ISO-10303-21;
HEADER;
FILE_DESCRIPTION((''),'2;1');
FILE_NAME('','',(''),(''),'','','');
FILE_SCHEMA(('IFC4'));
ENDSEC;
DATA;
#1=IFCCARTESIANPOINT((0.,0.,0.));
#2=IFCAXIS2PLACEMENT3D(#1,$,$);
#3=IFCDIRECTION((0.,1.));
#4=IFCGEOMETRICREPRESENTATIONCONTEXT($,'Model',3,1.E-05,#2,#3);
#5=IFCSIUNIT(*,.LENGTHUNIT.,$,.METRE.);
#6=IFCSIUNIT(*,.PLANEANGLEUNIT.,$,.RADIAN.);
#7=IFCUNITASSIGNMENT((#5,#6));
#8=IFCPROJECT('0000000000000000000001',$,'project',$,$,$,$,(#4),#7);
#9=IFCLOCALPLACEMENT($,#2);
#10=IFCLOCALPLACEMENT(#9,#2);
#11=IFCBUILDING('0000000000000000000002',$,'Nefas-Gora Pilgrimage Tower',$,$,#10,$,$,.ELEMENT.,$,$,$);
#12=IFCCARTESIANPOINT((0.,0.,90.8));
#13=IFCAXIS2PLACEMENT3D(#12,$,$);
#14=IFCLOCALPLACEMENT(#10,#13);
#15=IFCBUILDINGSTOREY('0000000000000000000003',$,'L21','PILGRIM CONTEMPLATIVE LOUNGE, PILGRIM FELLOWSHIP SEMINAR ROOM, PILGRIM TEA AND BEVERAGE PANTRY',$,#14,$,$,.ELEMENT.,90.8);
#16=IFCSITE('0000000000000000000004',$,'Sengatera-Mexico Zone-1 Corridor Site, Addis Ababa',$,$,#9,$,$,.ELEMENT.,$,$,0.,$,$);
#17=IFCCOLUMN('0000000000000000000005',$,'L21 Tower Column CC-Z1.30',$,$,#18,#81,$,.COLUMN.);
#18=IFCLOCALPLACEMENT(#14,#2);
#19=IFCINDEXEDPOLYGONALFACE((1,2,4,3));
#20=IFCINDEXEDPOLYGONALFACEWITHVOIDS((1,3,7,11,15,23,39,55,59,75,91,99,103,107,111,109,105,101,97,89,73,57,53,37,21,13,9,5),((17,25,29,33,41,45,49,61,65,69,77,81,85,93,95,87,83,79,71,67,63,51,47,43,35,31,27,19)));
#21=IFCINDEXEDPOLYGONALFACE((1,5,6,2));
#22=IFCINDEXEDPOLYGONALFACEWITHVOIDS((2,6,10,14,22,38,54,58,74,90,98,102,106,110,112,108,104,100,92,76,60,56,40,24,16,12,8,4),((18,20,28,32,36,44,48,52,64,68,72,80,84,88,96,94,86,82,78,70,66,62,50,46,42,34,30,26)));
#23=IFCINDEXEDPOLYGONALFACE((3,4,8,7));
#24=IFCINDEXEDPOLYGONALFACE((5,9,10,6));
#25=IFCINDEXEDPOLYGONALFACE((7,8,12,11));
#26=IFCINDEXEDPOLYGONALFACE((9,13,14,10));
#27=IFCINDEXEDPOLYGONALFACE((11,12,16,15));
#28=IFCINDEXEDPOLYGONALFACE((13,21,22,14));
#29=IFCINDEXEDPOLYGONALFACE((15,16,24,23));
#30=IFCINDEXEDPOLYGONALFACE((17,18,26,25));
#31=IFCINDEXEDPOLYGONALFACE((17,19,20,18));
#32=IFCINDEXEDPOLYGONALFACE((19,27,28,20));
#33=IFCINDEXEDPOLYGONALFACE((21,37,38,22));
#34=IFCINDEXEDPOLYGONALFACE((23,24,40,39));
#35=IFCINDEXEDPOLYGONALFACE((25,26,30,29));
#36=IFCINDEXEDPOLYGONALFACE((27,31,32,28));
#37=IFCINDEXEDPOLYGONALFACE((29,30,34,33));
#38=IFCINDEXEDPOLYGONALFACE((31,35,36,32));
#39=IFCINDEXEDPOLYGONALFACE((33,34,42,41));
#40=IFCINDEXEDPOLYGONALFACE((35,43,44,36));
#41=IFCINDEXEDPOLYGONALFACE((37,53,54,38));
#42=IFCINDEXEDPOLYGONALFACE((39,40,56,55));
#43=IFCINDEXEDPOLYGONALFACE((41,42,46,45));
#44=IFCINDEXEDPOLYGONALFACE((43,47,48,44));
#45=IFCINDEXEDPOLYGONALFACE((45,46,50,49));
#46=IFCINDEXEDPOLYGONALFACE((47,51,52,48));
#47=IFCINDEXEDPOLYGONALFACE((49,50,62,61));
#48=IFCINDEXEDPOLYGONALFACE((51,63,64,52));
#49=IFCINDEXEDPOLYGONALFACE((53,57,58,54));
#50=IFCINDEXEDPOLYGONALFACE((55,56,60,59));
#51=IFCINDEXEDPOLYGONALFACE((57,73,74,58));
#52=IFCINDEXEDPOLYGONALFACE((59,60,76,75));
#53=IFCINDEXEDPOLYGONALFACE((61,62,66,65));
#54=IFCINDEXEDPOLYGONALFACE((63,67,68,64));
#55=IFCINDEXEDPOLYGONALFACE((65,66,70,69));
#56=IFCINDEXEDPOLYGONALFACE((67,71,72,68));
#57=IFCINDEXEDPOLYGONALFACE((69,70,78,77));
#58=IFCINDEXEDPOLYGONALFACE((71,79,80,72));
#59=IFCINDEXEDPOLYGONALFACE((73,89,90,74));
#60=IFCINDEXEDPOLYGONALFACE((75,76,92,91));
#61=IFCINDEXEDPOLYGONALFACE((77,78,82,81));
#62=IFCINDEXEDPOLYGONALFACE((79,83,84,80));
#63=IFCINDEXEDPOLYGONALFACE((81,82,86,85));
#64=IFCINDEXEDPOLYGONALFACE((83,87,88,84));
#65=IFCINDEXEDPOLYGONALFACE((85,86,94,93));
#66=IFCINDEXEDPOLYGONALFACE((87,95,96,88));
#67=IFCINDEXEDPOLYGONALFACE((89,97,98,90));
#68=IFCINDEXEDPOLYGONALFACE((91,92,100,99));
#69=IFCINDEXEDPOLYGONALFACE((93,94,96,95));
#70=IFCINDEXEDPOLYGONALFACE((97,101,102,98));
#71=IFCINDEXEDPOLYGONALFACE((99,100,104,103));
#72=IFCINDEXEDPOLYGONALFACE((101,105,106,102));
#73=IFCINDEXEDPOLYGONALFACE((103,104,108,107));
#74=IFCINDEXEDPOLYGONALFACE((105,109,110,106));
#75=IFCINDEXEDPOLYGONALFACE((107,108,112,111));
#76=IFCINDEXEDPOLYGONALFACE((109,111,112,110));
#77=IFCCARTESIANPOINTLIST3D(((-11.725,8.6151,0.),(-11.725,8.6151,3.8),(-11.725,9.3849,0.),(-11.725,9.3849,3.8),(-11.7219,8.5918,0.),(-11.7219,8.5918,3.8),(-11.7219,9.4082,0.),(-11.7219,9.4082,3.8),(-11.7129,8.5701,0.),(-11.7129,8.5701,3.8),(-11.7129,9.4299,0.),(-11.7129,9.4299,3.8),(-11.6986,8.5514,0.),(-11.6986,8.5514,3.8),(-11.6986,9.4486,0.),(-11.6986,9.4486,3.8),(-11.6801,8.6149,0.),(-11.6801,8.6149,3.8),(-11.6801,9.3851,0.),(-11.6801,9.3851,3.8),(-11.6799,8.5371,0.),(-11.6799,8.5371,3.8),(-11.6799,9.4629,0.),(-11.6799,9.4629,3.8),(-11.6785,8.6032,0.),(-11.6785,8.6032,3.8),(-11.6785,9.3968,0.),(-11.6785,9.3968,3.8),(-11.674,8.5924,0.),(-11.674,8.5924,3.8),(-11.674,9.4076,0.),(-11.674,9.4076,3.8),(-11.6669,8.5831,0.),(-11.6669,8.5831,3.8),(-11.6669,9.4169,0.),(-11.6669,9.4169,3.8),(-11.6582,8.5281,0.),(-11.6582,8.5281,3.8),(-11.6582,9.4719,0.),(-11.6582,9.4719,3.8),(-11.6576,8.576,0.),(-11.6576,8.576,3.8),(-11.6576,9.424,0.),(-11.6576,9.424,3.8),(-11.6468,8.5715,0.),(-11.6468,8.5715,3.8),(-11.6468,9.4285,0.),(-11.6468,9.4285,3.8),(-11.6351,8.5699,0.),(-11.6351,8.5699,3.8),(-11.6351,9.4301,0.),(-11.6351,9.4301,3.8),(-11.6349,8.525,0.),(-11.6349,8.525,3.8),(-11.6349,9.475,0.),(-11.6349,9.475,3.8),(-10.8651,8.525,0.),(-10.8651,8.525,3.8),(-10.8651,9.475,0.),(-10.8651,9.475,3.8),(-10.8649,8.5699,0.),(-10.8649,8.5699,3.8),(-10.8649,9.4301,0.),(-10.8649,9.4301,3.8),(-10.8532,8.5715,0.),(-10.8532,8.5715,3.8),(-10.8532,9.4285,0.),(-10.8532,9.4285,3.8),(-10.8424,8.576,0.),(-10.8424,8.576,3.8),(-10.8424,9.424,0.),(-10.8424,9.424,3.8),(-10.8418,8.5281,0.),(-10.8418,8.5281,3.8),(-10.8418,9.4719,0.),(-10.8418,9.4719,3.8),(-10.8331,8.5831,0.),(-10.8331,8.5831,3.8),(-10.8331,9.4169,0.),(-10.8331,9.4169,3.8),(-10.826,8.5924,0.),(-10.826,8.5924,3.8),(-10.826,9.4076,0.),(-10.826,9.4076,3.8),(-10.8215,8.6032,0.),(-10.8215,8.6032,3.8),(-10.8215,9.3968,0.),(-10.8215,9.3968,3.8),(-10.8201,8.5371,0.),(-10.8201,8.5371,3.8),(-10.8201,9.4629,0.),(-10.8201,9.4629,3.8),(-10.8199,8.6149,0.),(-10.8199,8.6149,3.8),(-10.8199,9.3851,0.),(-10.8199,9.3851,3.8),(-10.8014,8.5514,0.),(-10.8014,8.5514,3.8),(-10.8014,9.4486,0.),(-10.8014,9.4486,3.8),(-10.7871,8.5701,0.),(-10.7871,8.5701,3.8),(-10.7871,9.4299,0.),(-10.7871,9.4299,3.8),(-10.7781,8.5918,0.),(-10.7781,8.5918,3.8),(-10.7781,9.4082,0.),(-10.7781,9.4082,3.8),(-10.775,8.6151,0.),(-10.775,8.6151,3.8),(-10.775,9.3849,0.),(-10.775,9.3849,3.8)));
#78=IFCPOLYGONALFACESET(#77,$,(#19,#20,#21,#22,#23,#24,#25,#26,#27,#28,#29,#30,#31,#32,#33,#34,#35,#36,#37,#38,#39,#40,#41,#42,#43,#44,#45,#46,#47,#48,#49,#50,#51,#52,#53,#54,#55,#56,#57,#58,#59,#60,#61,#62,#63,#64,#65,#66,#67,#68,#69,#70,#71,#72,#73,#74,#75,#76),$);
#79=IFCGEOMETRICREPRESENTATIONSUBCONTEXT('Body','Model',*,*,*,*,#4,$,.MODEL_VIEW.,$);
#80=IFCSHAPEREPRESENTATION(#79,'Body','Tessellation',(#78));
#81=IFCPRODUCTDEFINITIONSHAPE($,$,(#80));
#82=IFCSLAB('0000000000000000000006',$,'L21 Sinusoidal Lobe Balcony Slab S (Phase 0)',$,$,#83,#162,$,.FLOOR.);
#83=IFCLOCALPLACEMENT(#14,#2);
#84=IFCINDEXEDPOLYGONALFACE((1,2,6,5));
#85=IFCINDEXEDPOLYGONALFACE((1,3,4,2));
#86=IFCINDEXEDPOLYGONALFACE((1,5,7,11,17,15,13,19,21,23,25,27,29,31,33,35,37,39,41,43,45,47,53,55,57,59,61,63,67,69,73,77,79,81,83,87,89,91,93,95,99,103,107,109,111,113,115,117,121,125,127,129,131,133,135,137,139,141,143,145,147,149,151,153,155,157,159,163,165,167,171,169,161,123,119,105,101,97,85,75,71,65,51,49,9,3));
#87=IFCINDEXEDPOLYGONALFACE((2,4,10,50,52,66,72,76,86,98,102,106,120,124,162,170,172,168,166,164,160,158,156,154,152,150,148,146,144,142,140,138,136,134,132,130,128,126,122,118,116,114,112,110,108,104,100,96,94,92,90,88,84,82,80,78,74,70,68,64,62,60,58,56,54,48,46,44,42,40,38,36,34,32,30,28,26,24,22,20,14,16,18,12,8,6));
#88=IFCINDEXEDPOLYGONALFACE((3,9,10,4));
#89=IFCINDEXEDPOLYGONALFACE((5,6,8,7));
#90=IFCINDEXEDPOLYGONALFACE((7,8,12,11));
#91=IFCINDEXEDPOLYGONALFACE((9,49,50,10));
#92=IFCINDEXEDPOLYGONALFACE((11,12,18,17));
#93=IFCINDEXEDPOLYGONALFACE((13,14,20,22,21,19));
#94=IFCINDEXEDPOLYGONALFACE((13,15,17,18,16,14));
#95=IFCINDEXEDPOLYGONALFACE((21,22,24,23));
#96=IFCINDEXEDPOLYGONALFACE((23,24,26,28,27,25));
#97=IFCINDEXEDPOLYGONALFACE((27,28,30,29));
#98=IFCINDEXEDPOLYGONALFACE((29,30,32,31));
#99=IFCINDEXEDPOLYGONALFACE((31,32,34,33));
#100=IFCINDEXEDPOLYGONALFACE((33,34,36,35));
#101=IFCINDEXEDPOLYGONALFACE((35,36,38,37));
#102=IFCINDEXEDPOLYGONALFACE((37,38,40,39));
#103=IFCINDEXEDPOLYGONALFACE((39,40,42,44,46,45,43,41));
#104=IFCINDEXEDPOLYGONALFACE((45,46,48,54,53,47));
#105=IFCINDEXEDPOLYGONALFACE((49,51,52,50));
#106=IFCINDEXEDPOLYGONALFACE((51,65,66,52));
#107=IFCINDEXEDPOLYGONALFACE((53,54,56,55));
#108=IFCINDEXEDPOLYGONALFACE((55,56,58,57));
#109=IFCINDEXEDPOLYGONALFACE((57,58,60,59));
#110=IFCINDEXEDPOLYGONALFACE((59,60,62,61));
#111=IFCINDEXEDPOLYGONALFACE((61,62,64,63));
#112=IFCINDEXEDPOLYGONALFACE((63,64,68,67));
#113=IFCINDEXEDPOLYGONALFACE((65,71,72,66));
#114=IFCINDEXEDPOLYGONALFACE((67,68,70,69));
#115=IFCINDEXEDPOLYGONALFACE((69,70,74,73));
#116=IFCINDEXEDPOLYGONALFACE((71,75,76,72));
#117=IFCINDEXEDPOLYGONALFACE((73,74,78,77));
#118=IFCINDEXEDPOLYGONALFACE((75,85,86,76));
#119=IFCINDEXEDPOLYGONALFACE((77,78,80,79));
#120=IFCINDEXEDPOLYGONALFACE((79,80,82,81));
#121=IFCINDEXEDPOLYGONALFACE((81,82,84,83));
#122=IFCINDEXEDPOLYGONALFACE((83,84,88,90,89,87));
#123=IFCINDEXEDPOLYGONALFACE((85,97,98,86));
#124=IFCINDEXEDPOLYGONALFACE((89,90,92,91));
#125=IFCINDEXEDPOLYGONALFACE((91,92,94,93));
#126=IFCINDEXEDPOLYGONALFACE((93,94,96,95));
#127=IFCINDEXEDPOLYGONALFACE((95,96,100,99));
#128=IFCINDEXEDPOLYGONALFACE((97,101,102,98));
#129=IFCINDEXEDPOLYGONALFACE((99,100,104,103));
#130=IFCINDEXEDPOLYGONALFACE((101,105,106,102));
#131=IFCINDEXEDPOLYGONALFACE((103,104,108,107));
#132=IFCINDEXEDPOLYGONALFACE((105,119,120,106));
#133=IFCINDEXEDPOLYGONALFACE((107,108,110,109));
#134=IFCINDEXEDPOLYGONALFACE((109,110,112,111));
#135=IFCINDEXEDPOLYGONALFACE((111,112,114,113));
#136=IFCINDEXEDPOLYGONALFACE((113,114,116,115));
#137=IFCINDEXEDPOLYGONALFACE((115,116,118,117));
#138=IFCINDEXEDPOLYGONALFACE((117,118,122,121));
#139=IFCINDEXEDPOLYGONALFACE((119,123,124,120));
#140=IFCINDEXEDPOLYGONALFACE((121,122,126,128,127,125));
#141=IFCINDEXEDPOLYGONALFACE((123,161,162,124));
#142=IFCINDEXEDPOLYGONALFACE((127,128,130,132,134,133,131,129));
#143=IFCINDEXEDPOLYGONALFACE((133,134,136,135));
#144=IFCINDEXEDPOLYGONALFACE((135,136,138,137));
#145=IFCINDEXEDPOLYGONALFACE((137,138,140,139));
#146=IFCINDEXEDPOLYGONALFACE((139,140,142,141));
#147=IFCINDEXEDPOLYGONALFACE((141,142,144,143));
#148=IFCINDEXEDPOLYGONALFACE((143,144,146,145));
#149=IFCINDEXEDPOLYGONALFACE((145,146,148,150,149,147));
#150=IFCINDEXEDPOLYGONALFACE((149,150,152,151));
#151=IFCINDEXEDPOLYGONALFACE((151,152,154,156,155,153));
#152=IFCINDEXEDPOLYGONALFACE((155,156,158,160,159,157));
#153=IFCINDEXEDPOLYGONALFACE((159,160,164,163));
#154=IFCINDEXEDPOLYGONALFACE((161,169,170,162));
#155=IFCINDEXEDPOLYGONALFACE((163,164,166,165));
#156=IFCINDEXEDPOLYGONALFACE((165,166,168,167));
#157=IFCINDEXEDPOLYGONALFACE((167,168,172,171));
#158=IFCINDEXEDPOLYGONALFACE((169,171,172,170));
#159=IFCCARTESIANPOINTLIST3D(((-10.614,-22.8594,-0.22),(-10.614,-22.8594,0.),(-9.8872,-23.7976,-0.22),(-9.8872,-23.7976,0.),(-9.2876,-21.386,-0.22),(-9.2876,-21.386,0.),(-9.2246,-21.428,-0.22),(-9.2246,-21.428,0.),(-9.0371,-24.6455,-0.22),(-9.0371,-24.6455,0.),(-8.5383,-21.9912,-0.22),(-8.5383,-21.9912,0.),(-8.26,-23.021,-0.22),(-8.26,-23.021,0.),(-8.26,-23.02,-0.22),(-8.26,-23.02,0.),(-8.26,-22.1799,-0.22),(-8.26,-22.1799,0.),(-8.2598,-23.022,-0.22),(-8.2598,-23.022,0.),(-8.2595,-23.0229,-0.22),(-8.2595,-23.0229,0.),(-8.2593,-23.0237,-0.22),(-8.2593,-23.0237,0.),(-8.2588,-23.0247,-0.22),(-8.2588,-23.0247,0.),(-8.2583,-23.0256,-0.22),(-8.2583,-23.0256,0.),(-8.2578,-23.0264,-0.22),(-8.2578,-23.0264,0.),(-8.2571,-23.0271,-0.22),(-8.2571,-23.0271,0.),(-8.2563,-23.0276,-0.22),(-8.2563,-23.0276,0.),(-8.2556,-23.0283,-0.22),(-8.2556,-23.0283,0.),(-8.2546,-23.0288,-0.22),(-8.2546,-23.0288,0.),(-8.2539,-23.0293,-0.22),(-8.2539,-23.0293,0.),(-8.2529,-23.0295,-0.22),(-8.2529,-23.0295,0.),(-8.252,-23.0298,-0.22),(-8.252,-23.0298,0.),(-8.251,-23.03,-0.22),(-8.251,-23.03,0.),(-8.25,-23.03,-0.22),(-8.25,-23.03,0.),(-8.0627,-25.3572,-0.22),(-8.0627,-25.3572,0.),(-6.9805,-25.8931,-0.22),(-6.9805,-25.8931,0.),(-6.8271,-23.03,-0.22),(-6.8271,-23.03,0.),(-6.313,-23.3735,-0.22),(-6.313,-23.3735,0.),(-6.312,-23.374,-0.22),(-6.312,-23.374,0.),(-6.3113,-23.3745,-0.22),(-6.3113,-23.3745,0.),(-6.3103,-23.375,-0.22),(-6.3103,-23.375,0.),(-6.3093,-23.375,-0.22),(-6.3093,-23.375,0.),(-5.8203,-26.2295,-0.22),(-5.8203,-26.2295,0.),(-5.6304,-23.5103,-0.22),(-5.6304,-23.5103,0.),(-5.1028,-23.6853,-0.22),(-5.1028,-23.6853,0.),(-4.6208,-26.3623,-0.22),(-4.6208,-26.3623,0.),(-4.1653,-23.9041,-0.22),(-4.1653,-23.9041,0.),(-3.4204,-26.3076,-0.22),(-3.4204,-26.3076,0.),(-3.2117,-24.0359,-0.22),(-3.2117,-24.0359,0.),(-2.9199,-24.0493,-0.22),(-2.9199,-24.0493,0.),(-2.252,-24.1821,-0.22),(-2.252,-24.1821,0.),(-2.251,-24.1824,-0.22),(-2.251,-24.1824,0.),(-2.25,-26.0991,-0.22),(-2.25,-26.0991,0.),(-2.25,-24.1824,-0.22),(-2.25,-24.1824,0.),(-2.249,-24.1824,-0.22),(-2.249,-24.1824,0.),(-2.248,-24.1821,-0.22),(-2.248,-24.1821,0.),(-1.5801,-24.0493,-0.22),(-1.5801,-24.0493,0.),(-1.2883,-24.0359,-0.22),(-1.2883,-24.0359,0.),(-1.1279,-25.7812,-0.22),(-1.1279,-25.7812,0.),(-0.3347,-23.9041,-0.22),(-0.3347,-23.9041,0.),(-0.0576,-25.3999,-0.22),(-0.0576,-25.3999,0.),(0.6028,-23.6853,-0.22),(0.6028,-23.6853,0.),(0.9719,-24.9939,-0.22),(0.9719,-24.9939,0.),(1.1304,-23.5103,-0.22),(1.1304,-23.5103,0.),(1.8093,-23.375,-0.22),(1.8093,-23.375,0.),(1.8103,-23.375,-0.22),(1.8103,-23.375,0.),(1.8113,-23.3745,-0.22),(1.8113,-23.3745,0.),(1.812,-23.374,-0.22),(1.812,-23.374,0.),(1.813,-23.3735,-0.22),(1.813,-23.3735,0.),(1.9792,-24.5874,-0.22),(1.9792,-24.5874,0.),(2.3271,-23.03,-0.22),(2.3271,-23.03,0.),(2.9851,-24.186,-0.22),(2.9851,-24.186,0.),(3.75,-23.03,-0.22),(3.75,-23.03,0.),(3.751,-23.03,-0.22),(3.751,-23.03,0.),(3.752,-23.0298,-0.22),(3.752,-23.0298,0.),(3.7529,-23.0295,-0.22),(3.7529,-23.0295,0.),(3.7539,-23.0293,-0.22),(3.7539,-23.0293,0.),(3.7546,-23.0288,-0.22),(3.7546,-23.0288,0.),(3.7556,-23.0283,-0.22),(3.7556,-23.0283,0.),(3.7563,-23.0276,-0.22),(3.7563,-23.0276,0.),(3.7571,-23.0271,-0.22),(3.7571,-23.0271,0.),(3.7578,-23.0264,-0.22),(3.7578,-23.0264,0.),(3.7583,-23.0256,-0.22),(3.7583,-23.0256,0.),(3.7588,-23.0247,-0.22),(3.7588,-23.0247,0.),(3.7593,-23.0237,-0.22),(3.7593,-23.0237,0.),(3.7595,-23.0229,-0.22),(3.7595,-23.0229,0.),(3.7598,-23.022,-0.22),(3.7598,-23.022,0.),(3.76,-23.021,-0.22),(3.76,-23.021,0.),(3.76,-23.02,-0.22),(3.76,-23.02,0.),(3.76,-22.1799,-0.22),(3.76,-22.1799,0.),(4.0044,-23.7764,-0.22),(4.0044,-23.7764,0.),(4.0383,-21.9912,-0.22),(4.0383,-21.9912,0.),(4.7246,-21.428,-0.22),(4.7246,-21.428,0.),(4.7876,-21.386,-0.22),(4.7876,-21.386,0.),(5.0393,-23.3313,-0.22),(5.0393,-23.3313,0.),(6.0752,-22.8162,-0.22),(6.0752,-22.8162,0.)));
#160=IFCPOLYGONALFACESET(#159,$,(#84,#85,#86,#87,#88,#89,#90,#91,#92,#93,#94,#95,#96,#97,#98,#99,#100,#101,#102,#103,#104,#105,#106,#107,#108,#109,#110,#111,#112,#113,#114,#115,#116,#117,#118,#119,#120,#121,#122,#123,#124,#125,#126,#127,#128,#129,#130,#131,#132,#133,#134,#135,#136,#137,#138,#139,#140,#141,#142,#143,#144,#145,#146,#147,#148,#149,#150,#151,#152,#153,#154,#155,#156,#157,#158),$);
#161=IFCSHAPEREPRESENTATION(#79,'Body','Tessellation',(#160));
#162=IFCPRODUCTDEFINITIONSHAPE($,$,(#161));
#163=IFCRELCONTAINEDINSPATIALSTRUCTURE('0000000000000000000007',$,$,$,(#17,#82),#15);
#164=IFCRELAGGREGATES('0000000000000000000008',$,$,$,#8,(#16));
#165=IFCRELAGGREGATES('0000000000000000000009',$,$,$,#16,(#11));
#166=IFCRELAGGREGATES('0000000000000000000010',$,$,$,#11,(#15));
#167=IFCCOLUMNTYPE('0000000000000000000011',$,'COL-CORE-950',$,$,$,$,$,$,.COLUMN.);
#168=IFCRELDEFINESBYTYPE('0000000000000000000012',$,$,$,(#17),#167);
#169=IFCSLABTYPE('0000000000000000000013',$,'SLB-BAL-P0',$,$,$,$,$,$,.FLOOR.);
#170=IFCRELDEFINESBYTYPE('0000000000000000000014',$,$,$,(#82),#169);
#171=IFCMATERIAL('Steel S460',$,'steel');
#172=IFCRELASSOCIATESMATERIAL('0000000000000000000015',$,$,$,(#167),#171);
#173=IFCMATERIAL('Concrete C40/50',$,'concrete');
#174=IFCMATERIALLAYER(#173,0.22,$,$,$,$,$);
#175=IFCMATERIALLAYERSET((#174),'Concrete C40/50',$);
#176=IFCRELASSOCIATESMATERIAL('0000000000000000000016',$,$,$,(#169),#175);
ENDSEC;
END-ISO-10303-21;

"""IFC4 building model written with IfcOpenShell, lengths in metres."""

from ifc_helpers import new_model, si_unit, direction, frame, origin, origin_2d, place, context, subcontext, project, spatial, polyline, hollow_rectangle, outline, extrude, source, transform, mapped, material, layer, layer_set, material_profile, profile_set, type_object, element, save


model = new_model("IFC4")

# Units and contexts
model_context = context("Model", 3, precision=1e-05, world=origin(), true_north=direction((0.0, 1.0)))
body_context = subcontext(model_context, "Body", "Model", "MODEL_VIEW")
ifc_project = project(units=[si_unit("LENGTHUNIT", "METRE"), si_unit("PLANEANGLEUNIT", "RADIAN")], contexts=[model_context])

# Site, building, storey
site_placement = place(None, origin())
site = spatial("IfcSite", under=ifc_project, at=site_placement, Name="Sengatera-Mexico Zone-1 Corridor Site, Addis Ababa", CompositionType="ELEMENT", RefElevation=0.0)
building_placement = place(site_placement, origin())
building = spatial("IfcBuilding", under=site, at=building_placement, Name="Nefas-Gora Pilgrimage Tower", CompositionType="ELEMENT")
storey_placement = place(building_placement, frame((0.0, 0.0, 90.8)))
storey = spatial("IfcBuildingStorey", under=building, at=storey_placement, Name="L21", Description="PILGRIM CONTEMPLATIVE LOUNGE, PILGRIM FELLOWSHIP SEMINAR ROOM, PILGRIM TEA AND BEVERAGE PANTRY", CompositionType="ELEMENT", Elevation=90.8)

# Column
ifc_material_1 = material(Name="Steel S460", Category="steel")
ifc_material_profile = material_profile(ifc_material_1, hollow_rectangle(XDim=0.95, YDim=0.95, WallThickness=0.0449, InnerFilletRadius=0.0449, OuterFilletRadius=0.0901, at=origin_2d()), Name="BOX 950x950x45")
ifc_profile_set = profile_set([ifc_material_profile], Name="Steel S460")
column_type = type_object("IfcColumnType", Name="COL-CORE-950", PredefinedType="COLUMN", material=ifc_profile_set)
shared_shape_1 = source(origin(), body_context, "Body", "SweptSolid", [
    extrude(hollow_rectangle(XDim=0.95, YDim=0.95, WallThickness=0.0449, InnerFilletRadius=0.0449, OuterFilletRadius=0.0901, at=origin_2d()), origin(), (0.0, 0.0, 1.0), 3.8),
])
column_placement = place(storey_placement, frame((-11.25, 9.0, 0.0), z_axis=(0.0, 0.0, 1.0), x_axis=(1.0, 0.0, 0.0)))
element("IfcColumn", 1, at=column_placement, inside=storey, type_object=column_type, Name="L21 Tower Column CC-Z1.30", PredefinedType="COLUMN", context=body_context, shape_type="MappedRepresentation", body=[
    mapped(shared_shape_1, transform((0.0, 0.0, 0.0), x_axis=(1.0, 0.0, 0.0), y_axis=(0.0, 1.0, 0.0), z_axis=(0.0, 0.0, 1.0), scale=1.0)),
])

# Slab
ifc_material_2 = material(Name="Concrete C40/50", Category="concrete")
ifc_layer_1 = layer(ifc_material_2, 0.22)
ifc_layer_set_1 = layer_set([ifc_layer_1], Name="Concrete C40/50")
slab_type_1 = type_object("IfcSlabType", Name="SLB-BAL-P0", PredefinedType="FLOOR", material=ifc_layer_set_1)
slab_1_placement = place(storey_placement, frame((0.0, 0.0, -0.22)))
element("IfcSlab", 2, at=slab_1_placement, inside=storey, type_object=slab_type_1, Name="L21 Sinusoidal Lobe Balcony Slab S (Phase 0)", PredefinedType="FLOOR", context=body_context, shape_type="SweptSolid", body=[
    extrude(outline(polyline([(4.7876, -21.386), (4.7246, -21.428), (4.0383, -21.9912), (3.76, -22.1799), (3.76, -23.02), (3.76, -23.021), (3.7598, -23.022), (3.7595, -23.0229), (3.7593, -23.0237), (3.7588, -23.0247), (3.7583, -23.0256), (3.7578, -23.0264), (3.7571, -23.0271), (3.7563, -23.0276), (3.7556, -23.0283), (3.7546, -23.0288), (3.7539, -23.0293), (3.7529, -23.0295), (3.752, -23.0298), (3.751, -23.03), (3.75, -23.03), (2.3271, -23.03), (1.813, -23.3735), (1.812, -23.374), (1.8113, -23.3745), (1.8103, -23.375), (1.8093, -23.375), (1.1304, -23.5103), (0.6028, -23.6853), (-0.3347, -23.9041), (-1.2883, -24.0359), (-1.5801, -24.0493), (-2.248, -24.1821), (-2.249, -24.1824), (-2.25, -24.1824), (-2.251, -24.1824), (-2.252, -24.1821), (-2.9199, -24.0493), (-3.2117, -24.0359), (-4.1653, -23.9041), (-5.1028, -23.6853), (-5.6304, -23.5103), (-6.3093, -23.375), (-6.3103, -23.375), (-6.3113, -23.3745), (-6.312, -23.374), (-6.313, -23.3735), (-6.8271, -23.03), (-8.25, -23.03), (-8.251, -23.03), (-8.252, -23.0298), (-8.2529, -23.0295), (-8.2539, -23.0293), (-8.2546, -23.0288), (-8.2556, -23.0283), (-8.2563, -23.0276), (-8.2571, -23.0271), (-8.2578, -23.0264), (-8.2583, -23.0256), (-8.2588, -23.0247), (-8.2593, -23.0237), (-8.2595, -23.0229), (-8.2598, -23.022), (-8.26, -23.021), (-8.26, -23.02), (-8.26, -22.1799), (-8.5383, -21.9912), (-9.2246, -21.428), (-9.2876, -21.386), (-10.614, -22.8594), (-9.8872, -23.7976), (-9.0371, -24.6455), (-8.0627, -25.3572), (-6.9805, -25.8931), (-5.8203, -26.2295), (-4.6208, -26.3623), (-3.4204, -26.3076), (-2.25, -26.0991), (-1.1279, -25.7812), (-0.0576, -25.3999), (0.9719, -24.9939), (1.9792, -24.5874), (2.9851, -24.186), (4.0044, -23.7764), (5.0393, -23.3313), (6.0752, -22.8162), (4.7876, -21.386)])), origin(), (0.0, 0.0, 1.0), 0.22),
])

save(model, "model.ifc")
